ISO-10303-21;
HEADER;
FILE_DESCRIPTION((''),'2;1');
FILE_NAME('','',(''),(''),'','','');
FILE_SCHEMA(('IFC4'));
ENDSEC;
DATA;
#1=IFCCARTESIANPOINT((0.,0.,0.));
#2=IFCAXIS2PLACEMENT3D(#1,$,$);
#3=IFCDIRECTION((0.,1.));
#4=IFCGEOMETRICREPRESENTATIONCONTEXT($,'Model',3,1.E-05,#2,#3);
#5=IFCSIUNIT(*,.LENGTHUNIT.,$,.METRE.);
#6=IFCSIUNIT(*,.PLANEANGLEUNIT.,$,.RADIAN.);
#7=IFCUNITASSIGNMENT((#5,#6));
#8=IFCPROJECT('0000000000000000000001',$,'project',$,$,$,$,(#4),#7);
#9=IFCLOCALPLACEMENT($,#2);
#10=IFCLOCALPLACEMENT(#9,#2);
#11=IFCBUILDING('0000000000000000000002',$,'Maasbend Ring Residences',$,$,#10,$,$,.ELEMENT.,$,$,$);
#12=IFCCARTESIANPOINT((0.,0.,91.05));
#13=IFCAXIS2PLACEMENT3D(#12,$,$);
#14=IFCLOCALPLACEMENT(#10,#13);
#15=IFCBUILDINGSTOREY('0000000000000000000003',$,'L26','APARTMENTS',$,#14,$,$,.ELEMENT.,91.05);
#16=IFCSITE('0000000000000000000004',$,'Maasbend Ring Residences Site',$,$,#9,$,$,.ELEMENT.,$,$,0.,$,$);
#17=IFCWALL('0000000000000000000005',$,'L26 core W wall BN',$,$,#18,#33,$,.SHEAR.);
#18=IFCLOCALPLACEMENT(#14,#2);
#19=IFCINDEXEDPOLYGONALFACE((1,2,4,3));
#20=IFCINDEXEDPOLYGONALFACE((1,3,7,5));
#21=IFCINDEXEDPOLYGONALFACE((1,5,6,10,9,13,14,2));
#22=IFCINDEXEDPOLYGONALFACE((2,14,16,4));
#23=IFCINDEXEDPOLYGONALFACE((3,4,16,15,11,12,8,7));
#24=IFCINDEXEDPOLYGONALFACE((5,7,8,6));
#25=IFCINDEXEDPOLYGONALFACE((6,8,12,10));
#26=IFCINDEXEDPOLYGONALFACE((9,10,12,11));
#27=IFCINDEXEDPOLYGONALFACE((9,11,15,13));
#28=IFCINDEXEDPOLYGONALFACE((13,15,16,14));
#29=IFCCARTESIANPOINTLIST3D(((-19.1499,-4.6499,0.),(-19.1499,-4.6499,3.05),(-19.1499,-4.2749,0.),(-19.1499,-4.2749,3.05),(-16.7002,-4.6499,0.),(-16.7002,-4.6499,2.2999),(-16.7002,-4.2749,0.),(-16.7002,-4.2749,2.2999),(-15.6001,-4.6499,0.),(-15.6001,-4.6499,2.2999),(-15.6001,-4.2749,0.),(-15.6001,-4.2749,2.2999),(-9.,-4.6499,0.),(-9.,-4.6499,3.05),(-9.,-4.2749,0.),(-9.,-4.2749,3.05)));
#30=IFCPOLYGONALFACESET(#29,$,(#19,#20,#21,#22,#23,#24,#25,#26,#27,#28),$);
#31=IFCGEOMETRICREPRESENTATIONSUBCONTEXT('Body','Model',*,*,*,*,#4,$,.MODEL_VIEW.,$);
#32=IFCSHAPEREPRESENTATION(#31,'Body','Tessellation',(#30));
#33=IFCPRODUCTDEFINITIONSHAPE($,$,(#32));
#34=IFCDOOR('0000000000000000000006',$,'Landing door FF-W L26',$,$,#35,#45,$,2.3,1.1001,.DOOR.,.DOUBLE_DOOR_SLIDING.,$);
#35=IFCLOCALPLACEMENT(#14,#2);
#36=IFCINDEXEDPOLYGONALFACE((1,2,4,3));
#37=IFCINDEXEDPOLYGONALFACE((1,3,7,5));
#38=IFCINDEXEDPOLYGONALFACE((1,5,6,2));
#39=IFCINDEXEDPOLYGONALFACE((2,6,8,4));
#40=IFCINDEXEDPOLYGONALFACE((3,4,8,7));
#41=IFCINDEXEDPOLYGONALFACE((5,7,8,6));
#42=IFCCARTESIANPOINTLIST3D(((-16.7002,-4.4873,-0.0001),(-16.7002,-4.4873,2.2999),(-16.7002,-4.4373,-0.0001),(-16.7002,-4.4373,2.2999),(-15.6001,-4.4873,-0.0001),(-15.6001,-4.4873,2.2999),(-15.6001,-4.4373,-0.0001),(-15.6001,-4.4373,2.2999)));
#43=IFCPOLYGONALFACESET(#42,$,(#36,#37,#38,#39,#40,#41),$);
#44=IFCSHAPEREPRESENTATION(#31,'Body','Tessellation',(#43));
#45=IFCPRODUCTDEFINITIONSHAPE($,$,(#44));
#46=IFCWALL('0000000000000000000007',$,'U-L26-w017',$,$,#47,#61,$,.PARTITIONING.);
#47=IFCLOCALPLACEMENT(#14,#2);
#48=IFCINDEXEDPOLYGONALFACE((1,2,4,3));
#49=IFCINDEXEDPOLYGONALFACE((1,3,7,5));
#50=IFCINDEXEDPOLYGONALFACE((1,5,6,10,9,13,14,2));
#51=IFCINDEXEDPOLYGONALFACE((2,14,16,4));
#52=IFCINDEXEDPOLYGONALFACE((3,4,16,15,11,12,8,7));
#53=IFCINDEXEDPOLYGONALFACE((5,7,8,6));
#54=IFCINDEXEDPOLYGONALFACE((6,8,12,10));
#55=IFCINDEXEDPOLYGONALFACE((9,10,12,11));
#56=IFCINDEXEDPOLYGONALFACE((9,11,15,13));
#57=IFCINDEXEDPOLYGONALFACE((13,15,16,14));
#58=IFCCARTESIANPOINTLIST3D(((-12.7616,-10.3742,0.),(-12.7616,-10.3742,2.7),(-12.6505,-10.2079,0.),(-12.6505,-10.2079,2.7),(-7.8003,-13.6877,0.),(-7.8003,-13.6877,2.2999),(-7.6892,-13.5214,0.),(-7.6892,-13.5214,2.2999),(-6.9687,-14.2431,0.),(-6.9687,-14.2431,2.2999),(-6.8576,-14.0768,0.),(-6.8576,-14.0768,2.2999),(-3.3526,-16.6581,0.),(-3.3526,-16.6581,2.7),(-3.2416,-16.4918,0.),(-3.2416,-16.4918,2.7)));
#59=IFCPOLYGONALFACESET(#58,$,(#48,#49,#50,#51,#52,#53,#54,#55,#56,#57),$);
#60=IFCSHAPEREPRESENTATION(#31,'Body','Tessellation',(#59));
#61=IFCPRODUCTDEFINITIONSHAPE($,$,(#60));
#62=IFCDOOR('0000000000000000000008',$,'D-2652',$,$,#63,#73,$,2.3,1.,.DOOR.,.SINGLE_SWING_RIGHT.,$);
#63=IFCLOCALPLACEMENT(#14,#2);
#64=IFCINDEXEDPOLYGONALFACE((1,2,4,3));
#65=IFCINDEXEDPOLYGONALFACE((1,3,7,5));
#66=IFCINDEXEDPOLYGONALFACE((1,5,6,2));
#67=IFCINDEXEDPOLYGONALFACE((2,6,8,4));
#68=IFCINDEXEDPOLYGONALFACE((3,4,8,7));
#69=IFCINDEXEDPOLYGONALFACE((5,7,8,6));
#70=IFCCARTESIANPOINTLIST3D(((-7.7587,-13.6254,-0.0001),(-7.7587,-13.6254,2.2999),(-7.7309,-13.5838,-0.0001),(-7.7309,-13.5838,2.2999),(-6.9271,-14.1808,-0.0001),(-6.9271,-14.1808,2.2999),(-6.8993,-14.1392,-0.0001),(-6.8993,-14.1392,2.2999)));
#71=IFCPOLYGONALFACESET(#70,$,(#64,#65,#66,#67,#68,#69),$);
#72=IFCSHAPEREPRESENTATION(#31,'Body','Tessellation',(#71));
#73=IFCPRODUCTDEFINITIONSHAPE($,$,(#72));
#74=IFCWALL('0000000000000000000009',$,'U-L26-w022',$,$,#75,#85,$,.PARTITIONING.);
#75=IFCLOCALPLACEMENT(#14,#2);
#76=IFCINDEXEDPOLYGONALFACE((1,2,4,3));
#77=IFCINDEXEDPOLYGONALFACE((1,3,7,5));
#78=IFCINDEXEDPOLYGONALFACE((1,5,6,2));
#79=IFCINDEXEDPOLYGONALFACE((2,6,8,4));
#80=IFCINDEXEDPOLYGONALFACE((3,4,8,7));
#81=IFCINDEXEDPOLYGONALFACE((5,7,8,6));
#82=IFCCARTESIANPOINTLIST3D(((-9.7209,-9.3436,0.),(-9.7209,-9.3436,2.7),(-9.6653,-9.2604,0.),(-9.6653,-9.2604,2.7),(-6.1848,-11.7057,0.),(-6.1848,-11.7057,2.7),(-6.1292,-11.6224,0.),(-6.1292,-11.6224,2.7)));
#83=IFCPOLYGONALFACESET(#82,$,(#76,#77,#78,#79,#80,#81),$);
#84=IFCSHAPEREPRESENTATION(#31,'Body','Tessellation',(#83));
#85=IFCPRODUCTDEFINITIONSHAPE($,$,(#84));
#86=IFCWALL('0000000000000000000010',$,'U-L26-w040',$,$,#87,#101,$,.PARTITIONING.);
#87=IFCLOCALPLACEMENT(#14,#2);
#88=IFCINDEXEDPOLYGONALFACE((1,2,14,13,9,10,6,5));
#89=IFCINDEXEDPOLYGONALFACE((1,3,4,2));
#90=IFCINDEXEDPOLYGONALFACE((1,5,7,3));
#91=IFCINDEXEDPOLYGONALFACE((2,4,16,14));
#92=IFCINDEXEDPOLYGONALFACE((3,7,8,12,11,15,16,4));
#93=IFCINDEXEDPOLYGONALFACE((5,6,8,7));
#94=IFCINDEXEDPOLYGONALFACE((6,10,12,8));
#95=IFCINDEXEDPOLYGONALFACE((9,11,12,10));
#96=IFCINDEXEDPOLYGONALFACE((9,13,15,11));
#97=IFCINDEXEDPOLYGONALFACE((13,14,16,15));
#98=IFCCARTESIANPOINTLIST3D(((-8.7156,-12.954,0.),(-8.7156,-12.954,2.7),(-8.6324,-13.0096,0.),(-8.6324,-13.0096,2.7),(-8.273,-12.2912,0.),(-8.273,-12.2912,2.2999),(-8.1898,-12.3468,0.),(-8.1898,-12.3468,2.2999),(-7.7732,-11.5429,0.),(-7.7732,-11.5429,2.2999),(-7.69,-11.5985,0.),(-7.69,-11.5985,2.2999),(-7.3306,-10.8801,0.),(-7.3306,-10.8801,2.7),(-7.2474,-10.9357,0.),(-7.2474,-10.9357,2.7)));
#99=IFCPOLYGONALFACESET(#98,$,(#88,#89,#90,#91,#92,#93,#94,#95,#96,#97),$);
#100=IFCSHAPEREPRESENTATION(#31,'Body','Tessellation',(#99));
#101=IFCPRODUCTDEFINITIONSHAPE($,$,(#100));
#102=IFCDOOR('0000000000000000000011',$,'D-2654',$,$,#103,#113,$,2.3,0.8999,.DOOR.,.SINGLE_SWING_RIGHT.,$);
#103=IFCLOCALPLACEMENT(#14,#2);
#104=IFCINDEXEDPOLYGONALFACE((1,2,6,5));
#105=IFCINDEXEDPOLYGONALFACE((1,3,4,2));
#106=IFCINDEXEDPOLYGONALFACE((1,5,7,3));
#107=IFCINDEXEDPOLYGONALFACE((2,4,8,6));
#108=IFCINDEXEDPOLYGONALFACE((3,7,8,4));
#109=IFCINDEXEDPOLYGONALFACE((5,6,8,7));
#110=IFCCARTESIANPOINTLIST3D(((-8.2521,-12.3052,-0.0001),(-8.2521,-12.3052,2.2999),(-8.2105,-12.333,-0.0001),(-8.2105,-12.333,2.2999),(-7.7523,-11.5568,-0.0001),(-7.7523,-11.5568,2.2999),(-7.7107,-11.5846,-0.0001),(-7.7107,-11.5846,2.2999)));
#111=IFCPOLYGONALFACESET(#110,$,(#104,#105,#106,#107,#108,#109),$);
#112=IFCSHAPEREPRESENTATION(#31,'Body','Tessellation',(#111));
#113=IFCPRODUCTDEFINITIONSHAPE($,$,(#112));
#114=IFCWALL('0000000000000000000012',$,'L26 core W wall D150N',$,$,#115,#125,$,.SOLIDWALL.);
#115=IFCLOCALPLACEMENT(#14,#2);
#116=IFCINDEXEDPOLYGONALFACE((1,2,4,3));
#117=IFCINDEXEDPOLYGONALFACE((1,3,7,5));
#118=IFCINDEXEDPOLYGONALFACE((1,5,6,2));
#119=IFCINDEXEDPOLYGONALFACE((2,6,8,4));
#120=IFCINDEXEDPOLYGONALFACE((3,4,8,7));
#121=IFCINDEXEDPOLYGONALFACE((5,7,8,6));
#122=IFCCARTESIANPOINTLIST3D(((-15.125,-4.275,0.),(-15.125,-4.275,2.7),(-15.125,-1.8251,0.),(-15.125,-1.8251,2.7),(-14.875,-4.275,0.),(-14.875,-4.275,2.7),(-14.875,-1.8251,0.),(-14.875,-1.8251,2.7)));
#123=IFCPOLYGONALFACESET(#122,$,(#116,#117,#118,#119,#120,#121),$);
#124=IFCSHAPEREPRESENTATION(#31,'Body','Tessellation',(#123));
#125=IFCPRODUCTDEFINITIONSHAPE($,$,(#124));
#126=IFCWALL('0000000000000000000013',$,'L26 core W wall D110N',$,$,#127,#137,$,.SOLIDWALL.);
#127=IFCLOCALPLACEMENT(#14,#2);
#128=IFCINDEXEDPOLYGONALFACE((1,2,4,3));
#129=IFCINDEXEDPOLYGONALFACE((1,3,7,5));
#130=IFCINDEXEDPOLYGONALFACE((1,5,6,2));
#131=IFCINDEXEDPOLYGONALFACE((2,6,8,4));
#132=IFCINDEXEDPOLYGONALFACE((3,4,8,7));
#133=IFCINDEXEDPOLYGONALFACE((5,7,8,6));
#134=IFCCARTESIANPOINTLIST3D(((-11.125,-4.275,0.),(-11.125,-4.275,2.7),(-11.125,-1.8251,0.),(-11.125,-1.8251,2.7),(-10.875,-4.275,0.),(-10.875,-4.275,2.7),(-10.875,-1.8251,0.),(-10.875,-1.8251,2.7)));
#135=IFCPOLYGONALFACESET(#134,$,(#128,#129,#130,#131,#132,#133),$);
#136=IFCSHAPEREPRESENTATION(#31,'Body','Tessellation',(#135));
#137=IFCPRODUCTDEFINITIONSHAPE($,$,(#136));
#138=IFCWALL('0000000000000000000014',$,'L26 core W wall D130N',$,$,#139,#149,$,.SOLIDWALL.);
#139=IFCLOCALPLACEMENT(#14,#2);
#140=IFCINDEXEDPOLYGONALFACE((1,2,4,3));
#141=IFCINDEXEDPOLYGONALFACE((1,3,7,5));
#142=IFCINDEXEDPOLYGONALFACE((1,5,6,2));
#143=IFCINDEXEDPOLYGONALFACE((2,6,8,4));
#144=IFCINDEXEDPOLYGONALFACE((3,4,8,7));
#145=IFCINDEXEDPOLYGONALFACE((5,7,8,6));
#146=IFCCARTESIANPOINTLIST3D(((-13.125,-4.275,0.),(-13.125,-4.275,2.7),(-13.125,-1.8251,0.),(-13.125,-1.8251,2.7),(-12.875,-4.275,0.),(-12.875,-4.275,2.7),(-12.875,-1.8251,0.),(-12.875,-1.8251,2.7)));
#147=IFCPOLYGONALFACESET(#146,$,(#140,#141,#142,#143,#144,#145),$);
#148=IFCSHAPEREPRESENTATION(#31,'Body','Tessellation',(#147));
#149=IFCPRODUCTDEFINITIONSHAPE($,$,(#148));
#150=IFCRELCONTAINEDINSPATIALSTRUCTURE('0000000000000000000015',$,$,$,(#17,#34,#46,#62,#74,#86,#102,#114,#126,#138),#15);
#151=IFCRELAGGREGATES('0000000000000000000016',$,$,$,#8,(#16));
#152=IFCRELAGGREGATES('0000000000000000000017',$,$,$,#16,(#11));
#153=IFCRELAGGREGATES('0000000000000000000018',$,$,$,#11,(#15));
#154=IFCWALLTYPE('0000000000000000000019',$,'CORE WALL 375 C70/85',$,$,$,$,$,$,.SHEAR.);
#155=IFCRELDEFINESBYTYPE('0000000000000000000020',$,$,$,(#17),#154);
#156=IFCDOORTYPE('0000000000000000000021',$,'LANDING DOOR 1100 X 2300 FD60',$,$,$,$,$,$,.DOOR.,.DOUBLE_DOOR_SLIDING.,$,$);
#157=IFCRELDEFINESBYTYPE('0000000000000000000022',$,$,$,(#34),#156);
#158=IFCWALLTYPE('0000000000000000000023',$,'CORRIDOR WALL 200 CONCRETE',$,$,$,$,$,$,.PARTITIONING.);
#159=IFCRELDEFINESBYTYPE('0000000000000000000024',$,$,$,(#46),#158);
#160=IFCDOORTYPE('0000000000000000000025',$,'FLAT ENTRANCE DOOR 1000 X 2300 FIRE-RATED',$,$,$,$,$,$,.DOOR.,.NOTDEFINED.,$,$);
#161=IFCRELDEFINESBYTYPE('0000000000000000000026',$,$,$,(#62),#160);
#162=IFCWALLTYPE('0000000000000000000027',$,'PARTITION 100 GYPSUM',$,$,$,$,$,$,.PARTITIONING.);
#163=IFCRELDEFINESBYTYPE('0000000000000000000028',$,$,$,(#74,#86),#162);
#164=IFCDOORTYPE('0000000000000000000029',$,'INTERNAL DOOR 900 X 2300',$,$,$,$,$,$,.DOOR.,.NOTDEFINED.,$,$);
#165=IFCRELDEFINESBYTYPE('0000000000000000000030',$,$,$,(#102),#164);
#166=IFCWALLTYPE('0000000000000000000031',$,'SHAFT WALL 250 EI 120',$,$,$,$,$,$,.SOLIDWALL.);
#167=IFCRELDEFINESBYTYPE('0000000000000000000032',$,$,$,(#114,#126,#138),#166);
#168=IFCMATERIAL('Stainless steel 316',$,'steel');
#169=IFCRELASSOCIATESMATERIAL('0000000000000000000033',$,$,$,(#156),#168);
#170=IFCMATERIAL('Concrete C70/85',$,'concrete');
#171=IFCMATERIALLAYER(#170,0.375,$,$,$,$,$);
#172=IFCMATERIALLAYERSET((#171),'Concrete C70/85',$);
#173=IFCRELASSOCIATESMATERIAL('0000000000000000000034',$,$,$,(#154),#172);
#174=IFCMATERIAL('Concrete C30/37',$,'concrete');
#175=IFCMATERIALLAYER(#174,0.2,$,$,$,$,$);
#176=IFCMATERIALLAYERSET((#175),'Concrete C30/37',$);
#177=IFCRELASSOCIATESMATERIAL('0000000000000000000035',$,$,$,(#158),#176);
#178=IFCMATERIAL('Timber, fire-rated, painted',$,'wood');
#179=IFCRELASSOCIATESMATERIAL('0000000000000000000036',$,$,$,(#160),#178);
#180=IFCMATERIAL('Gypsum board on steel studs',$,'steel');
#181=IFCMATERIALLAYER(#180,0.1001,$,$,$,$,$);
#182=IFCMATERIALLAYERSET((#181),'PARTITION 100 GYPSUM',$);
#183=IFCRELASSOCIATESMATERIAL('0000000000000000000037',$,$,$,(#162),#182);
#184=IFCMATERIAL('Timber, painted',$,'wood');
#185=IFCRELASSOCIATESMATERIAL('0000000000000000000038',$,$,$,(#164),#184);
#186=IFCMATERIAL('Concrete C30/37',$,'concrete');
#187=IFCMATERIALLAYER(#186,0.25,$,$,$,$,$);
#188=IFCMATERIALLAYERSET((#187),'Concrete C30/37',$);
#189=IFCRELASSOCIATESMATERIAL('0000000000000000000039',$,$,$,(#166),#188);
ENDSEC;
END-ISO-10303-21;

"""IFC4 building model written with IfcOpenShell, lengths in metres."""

from ifc_helpers import new_model, si_unit, direction, frame, frame_2d, origin, place, context, subcontext, project, spatial, rectangle, extrude, material, layer, layer_set, type_object, element, fill, save


model = new_model("IFC4")

# Units and contexts
model_context = context("Model", 3, precision=1e-05, world=origin(), true_north=direction((0.0, 1.0)))
body_context = subcontext(model_context, "Body", "Model", "MODEL_VIEW")
ifc_project = project(units=[si_unit("LENGTHUNIT", "METRE"), si_unit("PLANEANGLEUNIT", "RADIAN")], contexts=[model_context])

# Site, building, storey
site_placement = place(None, origin())
site = spatial("IfcSite", under=ifc_project, at=site_placement, Name="Maasbend Ring Residences Site", CompositionType="ELEMENT", RefElevation=0.0)
building_placement = place(site_placement, origin())
building = spatial("IfcBuilding", under=site, at=building_placement, Name="Maasbend Ring Residences", CompositionType="ELEMENT")
storey_placement = place(building_placement, frame((0.0, 0.0, 91.05)))
storey = spatial("IfcBuildingStorey", under=building, at=storey_placement, Name="L26", Description="APARTMENTS", CompositionType="ELEMENT", Elevation=91.05)

# Shared definitions
ifc_material_1 = material(Name="Stainless steel 316", Category="steel")
door_type_1 = type_object("IfcDoorType", Name="LANDING DOOR 1100 X 2300 FD60", OperationType="DOUBLE_DOOR_SLIDING", PredefinedType="DOOR", material=ifc_material_1)

# Walls, openings, doors
ifc_material_2 = material(Name="Concrete C70/85", Category="concrete")
ifc_layer_1 = layer(ifc_material_2, 0.375)
ifc_layer_set_1 = layer_set([ifc_layer_1], Name="Concrete C70/85")
wall_type_1 = type_object("IfcWallType", Name="CORE WALL 375 C70/85", PredefinedType="SHEAR", material=ifc_layer_set_1)
wall_1_placement = place(storey_placement, frame((-9.0, -4.4624, 0.0), z_axis=(0.0, 0.0, 1.0), x_axis=(-1.0, 0.0, 0.0)))
wall_1 = element("IfcWall", 1, at=wall_1_placement, inside=storey, type_object=wall_type_1, Name="L26 core W wall BN", PredefinedType="SHEAR", context=body_context, shape_type="SweptSolid", body=[
    extrude(rectangle(XDim=10.1499, YDim=0.375, at=frame_2d((5.075, 0.0))), origin(), (0.0, 0.0, 1.0), 3.05),
])
opening_1_placement = place(wall_1_placement, frame((6.6001, 0.0, 0.0)))
opening_1 = element("IfcOpeningElement", 2, at=opening_1_placement, cuts=wall_1, PredefinedType="OPENING", context=body_context, shape_type="SweptSolid", body=[
    extrude(rectangle(XDim=1.1001, YDim=2.3, at=frame_2d((0.55, 1.1499))), frame((0.0, 0.1975, 0.0), z_axis=(0.0, -1.0, 0.0), x_axis=(1.0, 0.0, 0.0)), (0.0, 0.0, 1.0), 0.395),
])
door_1_placement = place(opening_1_placement, origin())
door_1 = element("IfcDoor", 3, at=door_1_placement, inside=storey, type_object=door_type_1, Name="Landing door FF-W L26", OperationType="DOUBLE_DOOR_SLIDING", OverallHeight=2.3, OverallWidth=1.1001, PredefinedType="DOOR", context=body_context, shape_type="SweptSolid", body=[
    extrude(rectangle(XDim=1.1001, YDim=2.3, at=frame_2d((0.55, 1.1499))), frame((0.0, 0.0249, 0.0), z_axis=(0.0, -1.0, 0.0), x_axis=(1.0, 0.0, 0.0)), (0.0, 0.0, 1.0), 0.05),
])
fill(opening_1, door_1)
ifc_material_3 = material(Name="Concrete C30/37", Category="concrete")
ifc_layer_2 = layer(ifc_material_3, 0.2)
ifc_layer_set_2 = layer_set([ifc_layer_2], Name="Concrete C30/37")
wall_type_2 = type_object("IfcWallType", Name="CORRIDOR WALL 200 CONCRETE", PredefinedType="PARTITIONING", material=ifc_layer_set_2)
wall_2_placement = place(storey_placement, frame((-12.7061, -10.291, 0.0), z_axis=(0.0, 0.0, 1.0), x_axis=(0.831589, -0.555392, 0.0)))
wall_2 = element("IfcWall", 4, at=wall_2_placement, inside=storey, type_object=wall_type_2, Name="U-L26-w017", PredefinedType="PARTITIONING", context=body_context, shape_type="SweptSolid", body=[
    extrude(rectangle(XDim=11.3145, YDim=0.2, at=frame_2d((5.6572, 0.0))), origin(), (0.0, 0.0, 1.0), 2.7),
])
opening_2_placement = place(wall_2_placement, frame((5.9661, 0.0, 0.0)))
opening_2 = element("IfcOpeningElement", 5, at=opening_2_placement, cuts=wall_2, PredefinedType="OPENING", context=body_context, shape_type="SweptSolid", body=[
    extrude(rectangle(XDim=1.0, YDim=2.3, at=frame_2d((0.5, 1.1499))), frame((0.0, 0.1099, 0.0), z_axis=(0.0, -1.0, 0.0), x_axis=(1.0, 0.0, 0.0)), (0.0, 0.0, 1.0), 0.22),
])
ifc_material_4 = material(Name="Timber, fire-rated, painted", Category="wood")
door_type_2 = type_object("IfcDoorType", Name="FLAT ENTRANCE DOOR 1000 X 2300 FIRE-RATED", OperationType="NOTDEFINED", PredefinedType="DOOR", material=ifc_material_4)
door_2_placement = place(opening_2_placement, origin())
door_2 = element("IfcDoor", 6, at=door_2_placement, inside=storey, type_object=door_type_2, Name="D-2652", OperationType="SINGLE_SWING_RIGHT", OverallHeight=2.3, OverallWidth=1.0, PredefinedType="DOOR", context=body_context, shape_type="SweptSolid", body=[
    extrude(rectangle(XDim=1.0, YDim=2.3, at=frame_2d((0.5, 1.1499))), frame((0.0, 0.0249, 0.0), z_axis=(0.0, -1.0, 0.0), x_axis=(1.0, 0.0, 0.0)), (0.0, 0.0, 1.0), 0.05),
])
fill(opening_2, door_2)

# Wall
ifc_material_5 = material(Name="Gypsum board on steel studs", Category="steel")
ifc_layer_3 = layer(ifc_material_5, 0.1001)
ifc_layer_set_3 = layer_set([ifc_layer_3], Name="PARTITION 100 GYPSUM")
wall_type_3 = type_object("IfcWallType", Name="PARTITION 100 GYPSUM", PredefinedType="PARTITIONING", material=ifc_layer_set_3)
wall_3_placement = place(storey_placement, frame((-9.6931, -9.302, 0.0), z_axis=(0.0, 0.0, 1.0), x_axis=(0.831546, -0.555455, 0.0)))
element("IfcWall", 7, at=wall_3_placement, inside=storey, type_object=wall_type_3, Name="U-L26-w022", PredefinedType="PARTITIONING", context=body_context, shape_type="SweptSolid", body=[
    extrude(rectangle(XDim=4.2524, YDim=0.1001, at=frame_2d((2.1262, 0.0))), origin(), (0.0, 0.0, 1.0), 2.7),
])

# Wall, opening, door
wall_4_placement = place(storey_placement, frame((-8.6741, -12.9819, 0.0), z_axis=(0.0, 0.0, 1.0), x_axis=(0.555355, 0.831613, 0.0)))
wall_4 = element("IfcWall", 8, at=wall_4_placement, inside=storey, type_object=wall_type_3, Name="U-L26-w040", PredefinedType="PARTITIONING", context=body_context, shape_type="SweptSolid", body=[
    extrude(rectangle(XDim=2.4939, YDim=0.1001, at=frame_2d((1.2471, 0.0))), origin(), (0.0, 0.0, 1.0), 2.7),
])
opening_3_placement = place(wall_4_placement, frame((0.7971, 0.0, 0.0)))
opening_3 = element("IfcOpeningElement", 9, at=opening_3_placement, cuts=wall_4, PredefinedType="OPENING", context=body_context, shape_type="SweptSolid", body=[
    extrude(rectangle(XDim=0.8999, YDim=2.3, at=frame_2d((0.45, 1.1499))), frame((0.0, 0.0601, 0.0), z_axis=(0.0, -1.0, 0.0), x_axis=(1.0, 0.0, 0.0)), (0.0, 0.0, 1.0), 0.1201),
])
ifc_material_6 = material(Name="Timber, painted", Category="wood")
door_type_3 = type_object("IfcDoorType", Name="INTERNAL DOOR 900 X 2300", OperationType="NOTDEFINED", PredefinedType="DOOR", material=ifc_material_6)
door_3_placement = place(opening_3_placement, origin())
door_3 = element("IfcDoor", 10, at=door_3_placement, inside=storey, type_object=door_type_3, Name="D-2654", OperationType="SINGLE_SWING_RIGHT", OverallHeight=2.3, OverallWidth=0.8999, PredefinedType="DOOR", context=body_context, shape_type="SweptSolid", body=[
    extrude(rectangle(XDim=0.8999, YDim=2.3, at=frame_2d((0.45, 1.1499))), frame((0.0, 0.0249, 0.0), z_axis=(0.0, -1.0, 0.0), x_axis=(1.0, 0.0, 0.0)), (0.0, 0.0, 1.0), 0.05),
])
fill(opening_3, door_3)

# Walls
ifc_material_7 = material(Name="Concrete C30/37", Category="concrete")
ifc_layer_4 = layer(ifc_material_7, 0.25)
ifc_layer_set_4 = layer_set([ifc_layer_4], Name="Concrete C30/37")
wall_type_4 = type_object("IfcWallType", Name="SHAFT WALL 250 EI 120", PredefinedType="SOLIDWALL", material=ifc_layer_set_4)
for number, where, z_axis, x_axis, name in (
    (11, (-15.0, -1.825, 0.0), (0.0, 0.0, 1.0), (0.0, -1.0, 0.0), "L26 core W wall D150N"),
    (12, (-11.0, -1.825, 0.0), (0.0, 0.0, 1.0), (0.0, -1.0, 0.0), "L26 core W wall D110N"),
    (13, (-13.0, -1.825, 0.0), (0.0, 0.0, 1.0), (0.0, -1.0, 0.0), "L26 core W wall D130N"),
):
    element("IfcWall", number, at=place(storey_placement, frame(where, z_axis=z_axis, x_axis=x_axis)), inside=storey, type_object=wall_type_4, Name=name, PredefinedType="SOLIDWALL", context=body_context, shape_type="SweptSolid", body=[
        extrude(rectangle(XDim=2.45, YDim=0.25, at=frame_2d((1.2251, 0.0))), origin(), (0.0, 0.0, 1.0), 2.7),
    ])

save(model, "model.ifc")
